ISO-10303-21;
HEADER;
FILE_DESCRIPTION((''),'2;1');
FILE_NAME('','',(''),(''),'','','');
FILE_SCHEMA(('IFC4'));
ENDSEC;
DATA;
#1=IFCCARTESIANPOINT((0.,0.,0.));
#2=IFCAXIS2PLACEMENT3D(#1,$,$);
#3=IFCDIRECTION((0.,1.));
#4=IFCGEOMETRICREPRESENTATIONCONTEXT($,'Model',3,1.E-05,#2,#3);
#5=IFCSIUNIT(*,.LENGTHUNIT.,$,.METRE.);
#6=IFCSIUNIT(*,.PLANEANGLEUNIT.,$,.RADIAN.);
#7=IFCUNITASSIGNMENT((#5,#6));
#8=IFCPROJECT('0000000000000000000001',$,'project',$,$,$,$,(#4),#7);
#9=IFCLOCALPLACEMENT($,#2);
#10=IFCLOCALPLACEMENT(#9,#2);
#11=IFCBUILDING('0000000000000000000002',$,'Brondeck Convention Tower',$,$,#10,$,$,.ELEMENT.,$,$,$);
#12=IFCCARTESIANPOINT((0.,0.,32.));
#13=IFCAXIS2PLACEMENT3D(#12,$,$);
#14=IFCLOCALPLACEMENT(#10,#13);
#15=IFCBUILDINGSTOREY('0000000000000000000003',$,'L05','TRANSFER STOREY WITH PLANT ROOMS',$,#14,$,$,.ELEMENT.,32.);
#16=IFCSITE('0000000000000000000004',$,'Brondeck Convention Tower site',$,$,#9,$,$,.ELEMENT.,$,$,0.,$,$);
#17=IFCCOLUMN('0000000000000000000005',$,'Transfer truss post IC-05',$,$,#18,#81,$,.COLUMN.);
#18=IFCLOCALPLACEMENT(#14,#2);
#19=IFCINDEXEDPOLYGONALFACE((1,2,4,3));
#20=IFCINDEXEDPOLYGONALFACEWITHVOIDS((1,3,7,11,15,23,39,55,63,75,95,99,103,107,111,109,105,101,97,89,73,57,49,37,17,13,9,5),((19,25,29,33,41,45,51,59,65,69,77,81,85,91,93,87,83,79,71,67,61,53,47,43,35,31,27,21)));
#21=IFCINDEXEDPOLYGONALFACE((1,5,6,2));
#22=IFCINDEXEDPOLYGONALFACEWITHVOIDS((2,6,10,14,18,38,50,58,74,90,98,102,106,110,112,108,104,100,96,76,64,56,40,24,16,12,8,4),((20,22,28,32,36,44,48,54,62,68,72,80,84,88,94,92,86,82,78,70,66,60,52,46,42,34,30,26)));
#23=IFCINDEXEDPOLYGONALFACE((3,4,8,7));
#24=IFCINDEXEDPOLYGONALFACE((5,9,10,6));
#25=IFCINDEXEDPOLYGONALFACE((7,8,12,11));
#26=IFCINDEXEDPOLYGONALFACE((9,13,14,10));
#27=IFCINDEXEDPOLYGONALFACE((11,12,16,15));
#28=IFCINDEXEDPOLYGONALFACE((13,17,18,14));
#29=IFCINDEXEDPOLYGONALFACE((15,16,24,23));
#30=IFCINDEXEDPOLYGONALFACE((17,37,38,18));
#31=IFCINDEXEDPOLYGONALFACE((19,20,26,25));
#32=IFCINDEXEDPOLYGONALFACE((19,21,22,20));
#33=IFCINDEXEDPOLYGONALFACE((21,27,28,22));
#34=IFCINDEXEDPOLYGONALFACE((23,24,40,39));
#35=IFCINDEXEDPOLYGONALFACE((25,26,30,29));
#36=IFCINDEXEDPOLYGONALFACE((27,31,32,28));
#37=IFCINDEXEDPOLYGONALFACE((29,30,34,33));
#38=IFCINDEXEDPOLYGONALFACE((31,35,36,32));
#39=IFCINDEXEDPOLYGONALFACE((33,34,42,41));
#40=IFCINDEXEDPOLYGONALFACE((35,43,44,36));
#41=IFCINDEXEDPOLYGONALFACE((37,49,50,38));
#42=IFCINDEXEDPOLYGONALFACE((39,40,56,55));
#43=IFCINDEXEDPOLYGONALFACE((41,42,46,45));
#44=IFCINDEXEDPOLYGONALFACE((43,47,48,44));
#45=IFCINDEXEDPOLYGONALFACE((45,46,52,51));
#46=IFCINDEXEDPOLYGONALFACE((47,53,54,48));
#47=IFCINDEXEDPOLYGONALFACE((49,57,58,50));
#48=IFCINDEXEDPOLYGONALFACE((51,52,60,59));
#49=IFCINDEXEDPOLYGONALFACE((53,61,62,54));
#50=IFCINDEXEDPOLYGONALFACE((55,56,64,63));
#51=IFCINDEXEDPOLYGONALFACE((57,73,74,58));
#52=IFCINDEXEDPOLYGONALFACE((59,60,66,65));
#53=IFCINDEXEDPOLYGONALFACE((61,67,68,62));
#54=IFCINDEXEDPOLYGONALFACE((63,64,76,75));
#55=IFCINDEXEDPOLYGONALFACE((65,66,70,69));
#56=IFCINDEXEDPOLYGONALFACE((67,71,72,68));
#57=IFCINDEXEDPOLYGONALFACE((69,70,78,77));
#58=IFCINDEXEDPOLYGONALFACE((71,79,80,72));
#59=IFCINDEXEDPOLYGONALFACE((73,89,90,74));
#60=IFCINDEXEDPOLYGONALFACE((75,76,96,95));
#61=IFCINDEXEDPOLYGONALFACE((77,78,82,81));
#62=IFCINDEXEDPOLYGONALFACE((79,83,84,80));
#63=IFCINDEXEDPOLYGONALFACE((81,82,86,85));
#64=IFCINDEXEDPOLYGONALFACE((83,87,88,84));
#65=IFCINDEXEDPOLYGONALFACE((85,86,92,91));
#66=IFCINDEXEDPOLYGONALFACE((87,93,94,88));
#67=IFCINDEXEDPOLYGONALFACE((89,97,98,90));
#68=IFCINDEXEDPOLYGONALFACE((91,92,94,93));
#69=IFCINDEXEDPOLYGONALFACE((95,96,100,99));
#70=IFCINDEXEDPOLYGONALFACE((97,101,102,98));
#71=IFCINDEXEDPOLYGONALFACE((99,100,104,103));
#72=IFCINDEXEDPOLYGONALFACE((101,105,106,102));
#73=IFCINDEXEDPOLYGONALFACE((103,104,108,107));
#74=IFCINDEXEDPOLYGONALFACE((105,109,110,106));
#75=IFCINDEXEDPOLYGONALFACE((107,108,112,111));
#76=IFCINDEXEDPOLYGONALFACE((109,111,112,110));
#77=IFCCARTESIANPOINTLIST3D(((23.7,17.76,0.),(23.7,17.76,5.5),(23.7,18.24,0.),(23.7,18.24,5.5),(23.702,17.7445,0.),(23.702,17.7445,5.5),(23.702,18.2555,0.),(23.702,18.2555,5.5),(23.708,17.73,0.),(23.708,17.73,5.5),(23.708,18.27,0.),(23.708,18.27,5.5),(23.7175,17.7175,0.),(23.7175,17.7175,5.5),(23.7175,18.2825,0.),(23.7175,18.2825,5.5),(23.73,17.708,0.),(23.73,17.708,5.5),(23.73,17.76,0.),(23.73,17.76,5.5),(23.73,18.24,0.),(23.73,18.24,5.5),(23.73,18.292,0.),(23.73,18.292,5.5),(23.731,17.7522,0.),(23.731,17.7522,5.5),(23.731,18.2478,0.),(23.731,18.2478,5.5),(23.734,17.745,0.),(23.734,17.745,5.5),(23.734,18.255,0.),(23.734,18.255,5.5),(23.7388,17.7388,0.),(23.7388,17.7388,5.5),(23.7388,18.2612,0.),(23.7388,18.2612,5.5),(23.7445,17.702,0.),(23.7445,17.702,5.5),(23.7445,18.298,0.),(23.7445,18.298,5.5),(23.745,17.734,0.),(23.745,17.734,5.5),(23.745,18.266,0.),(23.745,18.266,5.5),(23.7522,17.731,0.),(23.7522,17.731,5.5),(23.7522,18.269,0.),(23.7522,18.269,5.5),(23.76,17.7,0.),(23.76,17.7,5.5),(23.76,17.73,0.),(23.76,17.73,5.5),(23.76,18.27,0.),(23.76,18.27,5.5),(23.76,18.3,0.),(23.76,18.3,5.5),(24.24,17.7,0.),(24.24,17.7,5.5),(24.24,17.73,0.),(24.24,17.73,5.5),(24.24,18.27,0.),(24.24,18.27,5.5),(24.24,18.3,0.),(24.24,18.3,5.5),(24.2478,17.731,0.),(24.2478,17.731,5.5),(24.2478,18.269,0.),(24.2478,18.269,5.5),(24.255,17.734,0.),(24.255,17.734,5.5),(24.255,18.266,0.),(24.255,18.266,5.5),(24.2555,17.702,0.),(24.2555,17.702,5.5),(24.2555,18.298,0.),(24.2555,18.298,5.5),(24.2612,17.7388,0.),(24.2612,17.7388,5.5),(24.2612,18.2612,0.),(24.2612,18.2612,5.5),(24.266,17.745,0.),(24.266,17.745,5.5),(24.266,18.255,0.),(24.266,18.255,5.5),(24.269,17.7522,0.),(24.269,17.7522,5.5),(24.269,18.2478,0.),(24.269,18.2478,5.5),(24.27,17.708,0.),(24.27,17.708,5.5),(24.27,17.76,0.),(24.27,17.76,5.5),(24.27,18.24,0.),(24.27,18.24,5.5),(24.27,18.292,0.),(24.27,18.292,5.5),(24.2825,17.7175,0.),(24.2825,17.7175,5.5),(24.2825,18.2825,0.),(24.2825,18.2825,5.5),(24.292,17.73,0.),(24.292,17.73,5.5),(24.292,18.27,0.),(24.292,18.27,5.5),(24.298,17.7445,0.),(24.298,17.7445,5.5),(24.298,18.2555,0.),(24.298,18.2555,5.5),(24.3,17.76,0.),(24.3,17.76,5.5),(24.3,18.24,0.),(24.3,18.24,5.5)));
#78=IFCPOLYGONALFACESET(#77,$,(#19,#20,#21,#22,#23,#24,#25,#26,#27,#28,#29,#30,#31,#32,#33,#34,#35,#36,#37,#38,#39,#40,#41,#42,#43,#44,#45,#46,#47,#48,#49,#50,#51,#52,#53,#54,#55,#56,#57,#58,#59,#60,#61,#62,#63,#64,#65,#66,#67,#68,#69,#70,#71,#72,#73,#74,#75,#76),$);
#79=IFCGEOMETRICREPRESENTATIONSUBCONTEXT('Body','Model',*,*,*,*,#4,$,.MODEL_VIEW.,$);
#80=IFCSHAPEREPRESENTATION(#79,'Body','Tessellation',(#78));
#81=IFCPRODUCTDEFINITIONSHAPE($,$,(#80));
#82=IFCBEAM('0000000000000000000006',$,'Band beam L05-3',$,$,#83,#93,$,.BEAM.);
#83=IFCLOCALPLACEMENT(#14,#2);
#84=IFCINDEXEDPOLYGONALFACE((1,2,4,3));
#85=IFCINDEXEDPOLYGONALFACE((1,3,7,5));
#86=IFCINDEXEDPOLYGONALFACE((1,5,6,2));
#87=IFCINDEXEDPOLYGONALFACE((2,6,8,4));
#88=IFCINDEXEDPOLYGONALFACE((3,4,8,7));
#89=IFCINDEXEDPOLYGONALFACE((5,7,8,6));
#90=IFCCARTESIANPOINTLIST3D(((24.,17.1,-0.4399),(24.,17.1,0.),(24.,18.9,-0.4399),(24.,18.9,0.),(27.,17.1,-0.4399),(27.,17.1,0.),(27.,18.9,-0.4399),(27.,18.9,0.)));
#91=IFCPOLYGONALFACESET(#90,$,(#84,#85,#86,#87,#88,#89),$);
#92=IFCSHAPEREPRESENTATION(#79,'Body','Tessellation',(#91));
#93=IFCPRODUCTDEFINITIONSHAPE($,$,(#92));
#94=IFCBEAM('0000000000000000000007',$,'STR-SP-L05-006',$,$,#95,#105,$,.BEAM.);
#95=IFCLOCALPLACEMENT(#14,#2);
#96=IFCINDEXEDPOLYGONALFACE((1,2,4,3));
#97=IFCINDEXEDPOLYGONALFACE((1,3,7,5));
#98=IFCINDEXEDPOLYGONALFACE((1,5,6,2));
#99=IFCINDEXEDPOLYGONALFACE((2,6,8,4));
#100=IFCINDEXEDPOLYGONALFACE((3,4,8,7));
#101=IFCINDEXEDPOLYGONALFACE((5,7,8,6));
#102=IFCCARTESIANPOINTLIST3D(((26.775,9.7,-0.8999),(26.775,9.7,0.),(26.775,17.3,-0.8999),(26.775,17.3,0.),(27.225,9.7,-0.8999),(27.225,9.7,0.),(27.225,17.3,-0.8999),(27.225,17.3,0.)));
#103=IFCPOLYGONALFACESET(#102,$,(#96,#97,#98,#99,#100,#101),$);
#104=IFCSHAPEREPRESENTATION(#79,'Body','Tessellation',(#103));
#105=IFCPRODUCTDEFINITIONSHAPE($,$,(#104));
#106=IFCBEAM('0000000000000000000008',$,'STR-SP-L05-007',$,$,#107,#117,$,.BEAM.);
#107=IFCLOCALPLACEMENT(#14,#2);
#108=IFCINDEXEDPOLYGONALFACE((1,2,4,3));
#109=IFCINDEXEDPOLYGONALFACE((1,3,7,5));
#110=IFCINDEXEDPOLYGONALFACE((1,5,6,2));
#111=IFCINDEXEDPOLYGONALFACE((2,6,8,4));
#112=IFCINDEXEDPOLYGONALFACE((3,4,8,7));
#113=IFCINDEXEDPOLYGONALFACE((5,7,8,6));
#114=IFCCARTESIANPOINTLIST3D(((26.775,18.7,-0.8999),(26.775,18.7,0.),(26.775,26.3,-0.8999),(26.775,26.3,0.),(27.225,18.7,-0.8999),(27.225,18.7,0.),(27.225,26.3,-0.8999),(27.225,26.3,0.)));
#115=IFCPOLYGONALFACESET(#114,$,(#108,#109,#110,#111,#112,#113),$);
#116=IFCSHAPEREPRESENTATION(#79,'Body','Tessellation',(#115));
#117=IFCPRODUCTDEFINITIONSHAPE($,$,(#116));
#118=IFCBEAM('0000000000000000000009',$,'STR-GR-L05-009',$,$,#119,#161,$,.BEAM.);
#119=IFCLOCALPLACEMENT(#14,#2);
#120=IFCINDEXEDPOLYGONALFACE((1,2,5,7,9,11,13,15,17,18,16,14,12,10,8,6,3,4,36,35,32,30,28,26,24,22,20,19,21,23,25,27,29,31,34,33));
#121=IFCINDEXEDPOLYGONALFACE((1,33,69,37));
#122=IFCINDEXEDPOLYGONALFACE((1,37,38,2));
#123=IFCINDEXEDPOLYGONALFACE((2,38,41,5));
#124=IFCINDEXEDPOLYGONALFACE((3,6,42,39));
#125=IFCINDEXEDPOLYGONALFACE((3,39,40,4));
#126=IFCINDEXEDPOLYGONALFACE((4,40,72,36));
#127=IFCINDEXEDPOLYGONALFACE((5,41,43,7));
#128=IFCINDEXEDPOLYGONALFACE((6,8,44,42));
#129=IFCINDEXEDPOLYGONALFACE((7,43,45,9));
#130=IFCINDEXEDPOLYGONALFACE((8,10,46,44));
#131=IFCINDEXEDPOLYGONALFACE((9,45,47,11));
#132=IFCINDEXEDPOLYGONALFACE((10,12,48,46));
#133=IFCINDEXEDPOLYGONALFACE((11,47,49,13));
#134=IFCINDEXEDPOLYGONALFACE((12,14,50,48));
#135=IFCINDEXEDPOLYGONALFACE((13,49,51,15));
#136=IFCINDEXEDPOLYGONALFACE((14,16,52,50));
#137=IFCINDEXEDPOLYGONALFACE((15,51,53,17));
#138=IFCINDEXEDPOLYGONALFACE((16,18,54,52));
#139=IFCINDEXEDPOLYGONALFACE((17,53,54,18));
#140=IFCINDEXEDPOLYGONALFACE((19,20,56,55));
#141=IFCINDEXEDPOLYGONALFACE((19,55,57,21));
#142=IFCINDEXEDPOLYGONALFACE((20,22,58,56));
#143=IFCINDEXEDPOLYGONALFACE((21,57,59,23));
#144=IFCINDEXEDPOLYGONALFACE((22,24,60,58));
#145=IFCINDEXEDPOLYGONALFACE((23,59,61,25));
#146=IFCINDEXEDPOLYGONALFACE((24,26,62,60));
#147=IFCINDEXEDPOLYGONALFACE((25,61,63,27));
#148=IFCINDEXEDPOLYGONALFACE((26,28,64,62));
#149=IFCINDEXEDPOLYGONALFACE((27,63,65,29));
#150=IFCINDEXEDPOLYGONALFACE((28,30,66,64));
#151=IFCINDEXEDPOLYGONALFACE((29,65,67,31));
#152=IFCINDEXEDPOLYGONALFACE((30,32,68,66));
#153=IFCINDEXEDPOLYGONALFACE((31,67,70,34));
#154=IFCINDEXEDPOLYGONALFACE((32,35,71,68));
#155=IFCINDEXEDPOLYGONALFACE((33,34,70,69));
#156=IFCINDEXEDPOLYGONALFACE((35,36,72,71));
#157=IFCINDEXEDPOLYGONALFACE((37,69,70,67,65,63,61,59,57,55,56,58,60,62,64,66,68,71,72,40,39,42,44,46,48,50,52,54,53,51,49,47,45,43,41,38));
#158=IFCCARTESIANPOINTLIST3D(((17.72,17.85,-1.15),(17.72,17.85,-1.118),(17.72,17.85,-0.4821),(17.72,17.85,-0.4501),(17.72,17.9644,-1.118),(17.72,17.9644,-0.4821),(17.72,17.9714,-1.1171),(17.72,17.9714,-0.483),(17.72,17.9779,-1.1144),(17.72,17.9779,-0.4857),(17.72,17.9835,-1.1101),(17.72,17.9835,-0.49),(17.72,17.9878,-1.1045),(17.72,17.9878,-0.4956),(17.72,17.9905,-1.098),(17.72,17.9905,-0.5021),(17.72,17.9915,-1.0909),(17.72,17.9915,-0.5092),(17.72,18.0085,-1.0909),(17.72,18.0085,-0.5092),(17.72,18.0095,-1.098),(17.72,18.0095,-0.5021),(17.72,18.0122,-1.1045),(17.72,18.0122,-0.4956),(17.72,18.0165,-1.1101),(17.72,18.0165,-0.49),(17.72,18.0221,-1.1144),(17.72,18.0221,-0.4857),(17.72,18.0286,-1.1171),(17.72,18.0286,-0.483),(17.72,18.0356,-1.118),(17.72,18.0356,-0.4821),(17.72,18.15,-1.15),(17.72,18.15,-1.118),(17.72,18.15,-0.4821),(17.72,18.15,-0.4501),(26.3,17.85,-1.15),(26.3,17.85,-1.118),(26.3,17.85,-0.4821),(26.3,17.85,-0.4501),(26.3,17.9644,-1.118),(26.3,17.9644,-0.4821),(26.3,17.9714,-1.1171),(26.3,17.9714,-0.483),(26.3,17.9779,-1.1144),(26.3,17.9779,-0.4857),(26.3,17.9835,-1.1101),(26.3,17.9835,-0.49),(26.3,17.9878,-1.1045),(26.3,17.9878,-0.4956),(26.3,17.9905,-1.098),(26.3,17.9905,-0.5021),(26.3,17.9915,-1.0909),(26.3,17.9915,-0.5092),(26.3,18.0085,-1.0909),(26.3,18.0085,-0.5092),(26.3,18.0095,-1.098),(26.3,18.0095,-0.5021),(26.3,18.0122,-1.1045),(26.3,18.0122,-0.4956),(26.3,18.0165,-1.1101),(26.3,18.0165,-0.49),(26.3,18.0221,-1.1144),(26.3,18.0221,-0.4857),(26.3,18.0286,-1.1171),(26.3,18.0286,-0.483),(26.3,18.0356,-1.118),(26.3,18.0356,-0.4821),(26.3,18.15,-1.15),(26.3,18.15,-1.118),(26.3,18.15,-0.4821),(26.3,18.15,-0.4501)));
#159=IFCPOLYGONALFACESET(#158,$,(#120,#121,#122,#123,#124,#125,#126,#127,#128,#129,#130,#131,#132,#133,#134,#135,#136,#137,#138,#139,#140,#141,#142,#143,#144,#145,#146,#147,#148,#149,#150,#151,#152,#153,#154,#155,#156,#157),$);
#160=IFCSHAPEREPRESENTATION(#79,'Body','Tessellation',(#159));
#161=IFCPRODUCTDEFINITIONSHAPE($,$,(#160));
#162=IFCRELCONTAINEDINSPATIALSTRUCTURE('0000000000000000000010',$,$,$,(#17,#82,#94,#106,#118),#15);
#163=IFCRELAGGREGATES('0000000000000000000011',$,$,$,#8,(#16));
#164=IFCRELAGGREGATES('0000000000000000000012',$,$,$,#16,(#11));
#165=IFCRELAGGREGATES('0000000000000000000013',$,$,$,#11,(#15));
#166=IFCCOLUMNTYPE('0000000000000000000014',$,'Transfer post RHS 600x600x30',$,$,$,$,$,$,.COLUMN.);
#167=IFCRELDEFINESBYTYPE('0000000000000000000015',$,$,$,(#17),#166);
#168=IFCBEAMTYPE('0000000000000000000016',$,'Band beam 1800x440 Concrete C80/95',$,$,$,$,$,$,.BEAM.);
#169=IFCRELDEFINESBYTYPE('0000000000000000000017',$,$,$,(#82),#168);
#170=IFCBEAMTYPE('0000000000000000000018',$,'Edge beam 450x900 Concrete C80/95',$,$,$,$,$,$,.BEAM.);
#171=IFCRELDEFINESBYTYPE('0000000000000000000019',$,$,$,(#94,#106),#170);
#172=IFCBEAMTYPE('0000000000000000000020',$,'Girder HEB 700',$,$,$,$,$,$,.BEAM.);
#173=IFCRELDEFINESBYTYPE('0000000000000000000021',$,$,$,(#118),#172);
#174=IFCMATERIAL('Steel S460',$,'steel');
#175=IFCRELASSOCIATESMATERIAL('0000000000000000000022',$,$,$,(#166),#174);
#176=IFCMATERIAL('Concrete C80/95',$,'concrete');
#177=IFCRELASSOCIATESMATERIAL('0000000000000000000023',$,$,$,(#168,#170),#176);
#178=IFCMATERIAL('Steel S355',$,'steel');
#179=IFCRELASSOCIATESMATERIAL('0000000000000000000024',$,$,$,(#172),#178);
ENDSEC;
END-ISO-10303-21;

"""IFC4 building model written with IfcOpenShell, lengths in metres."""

from ifc_helpers import new_model, si_unit, direction, frame, origin, origin_2d, place, context, subcontext, project, spatial, rectangle, hollow_rectangle, i_section, extrude, material, material_profile, profile_set, type_object, element, save


model = new_model("IFC4")

# Units and contexts
model_context = context("Model", 3, precision=1e-05, world=origin(), true_north=direction((0.0, 1.0)))
body_context = subcontext(model_context, "Body", "Model", "MODEL_VIEW")
ifc_project = project(units=[si_unit("LENGTHUNIT", "METRE"), si_unit("PLANEANGLEUNIT", "RADIAN")], contexts=[model_context])

# Site, building, storey
site_placement = place(None, origin())
site = spatial("IfcSite", under=ifc_project, at=site_placement, Name="Brondeck Convention Tower site", CompositionType="ELEMENT", RefElevation=0.0)
building_placement = place(site_placement, origin())
building = spatial("IfcBuilding", under=site, at=building_placement, Name="Brondeck Convention Tower", CompositionType="ELEMENT")
storey_placement = place(building_placement, frame((0.0, 0.0, 32.0)))
storey = spatial("IfcBuildingStorey", under=building, at=storey_placement, Name="L05", Description="TRANSFER STOREY WITH PLANT ROOMS", CompositionType="ELEMENT", Elevation=32.0)

# Column
ifc_material_1 = material(Name="Steel S460", Category="steel")
ifc_material_profile_1 = material_profile(ifc_material_1, hollow_rectangle(XDim=0.6001, YDim=0.6001, WallThickness=0.03, InnerFilletRadius=0.03, OuterFilletRadius=0.0601, at=origin_2d()), Name="RHS 600x600x30")
ifc_profile_set_1 = profile_set([ifc_material_profile_1], Name="Steel S460")
column_type = type_object("IfcColumnType", Name="Transfer post RHS 600x600x30", PredefinedType="COLUMN", material=ifc_profile_set_1)
column_placement = place(storey_placement, frame((24.0, 18.0, 0.0), z_axis=(0.0, 0.0, 1.0), x_axis=(1.0, 0.0, 0.0)))
element("IfcColumn", 1, at=column_placement, inside=storey, type_object=column_type, Name="Transfer truss post IC-05", PredefinedType="COLUMN", context=body_context, shape_type="SweptSolid", body=[
    extrude(hollow_rectangle(XDim=0.6001, YDim=0.6001, WallThickness=0.03, InnerFilletRadius=0.03, OuterFilletRadius=0.0601, at=origin_2d()), origin(), (0.0, 0.0, 1.0), 5.5),
])

# Beams
ifc_material_2 = material(Name="Concrete C80/95", Category="concrete")
ifc_material_profile_2 = material_profile(ifc_material_2, rectangle(XDim=1.8, YDim=0.4399, at=origin_2d()), Name="Band beam 1800x440 Concrete C80/95")
ifc_profile_set_2 = profile_set([ifc_material_profile_2], Name="Concrete C80/95")
beam_type_1 = type_object("IfcBeamType", Name="Band beam 1800x440 Concrete C80/95", PredefinedType="BEAM", material=ifc_profile_set_2)
beam_1_placement = place(storey_placement, frame((24.0, 18.0, -0.22), z_axis=(1.0, 0.0, 0.0), x_axis=(0.0, 1.0, 0.0)))
element("IfcBeam", 2, at=beam_1_placement, inside=storey, type_object=beam_type_1, Name="Band beam L05-3", PredefinedType="BEAM", context=body_context, shape_type="SweptSolid", body=[
    extrude(rectangle(XDim=1.8, YDim=0.4399, at=origin_2d()), origin(), (0.0, 0.0, 1.0), 3.0),
])
ifc_material_profile_3 = material_profile(ifc_material_2, rectangle(XDim=0.45, YDim=0.8999, at=origin_2d()), Name="Edge beam 450x900 Concrete C80/95")
ifc_profile_set_3 = profile_set([ifc_material_profile_3], Name="Concrete C80/95")
beam_type_2 = type_object("IfcBeamType", Name="Edge beam 450x900 Concrete C80/95", PredefinedType="BEAM", material=ifc_profile_set_3)
for number, where, z_axis, x_axis, name in (
    (3, (27.0, 9.7, -0.45), (0.0, 1.0, 0.0), (-1.0, 0.0, 0.0), "STR-SP-L05-006"),
    (4, (27.0, 18.7, -0.45), (0.0, 1.0, 0.0), (-1.0, 0.0, 0.0), "STR-SP-L05-007"),
):
    element("IfcBeam", number, at=place(storey_placement, frame(where, z_axis=z_axis, x_axis=x_axis)), inside=storey, type_object=beam_type_2, Name=name, PredefinedType="BEAM", context=body_context, shape_type="SweptSolid", body=[
        extrude(rectangle(XDim=0.45, YDim=0.8999, at=origin_2d()), origin(), (0.0, 0.0, 1.0), 7.6001),
    ])
ifc_material_3 = material(Name="Steel S355", Category="steel")
ifc_material_profile_4 = material_profile(ifc_material_3, i_section(OverallWidth=0.3, OverallDepth=0.7, WebThickness=0.0171, FlangeThickness=0.032, FilletRadius=0.0271, at=origin_2d()), Name="HEB 700")
ifc_profile_set_4 = profile_set([ifc_material_profile_4], Name="Steel S355")
beam_type_3 = type_object("IfcBeamType", Name="Girder HEB 700", PredefinedType="BEAM", material=ifc_profile_set_4)
beam_2_placement = place(storey_placement, frame((17.72, 18.0, -0.8), z_axis=(1.0, 0.0, 0.0), x_axis=(0.0, 1.0, 0.0)))
element("IfcBeam", 5, at=beam_2_placement, inside=storey, type_object=beam_type_3, Name="STR-GR-L05-009", PredefinedType="BEAM", context=body_context, shape_type="SweptSolid", body=[
    extrude(i_section(OverallWidth=0.3, OverallDepth=0.7, WebThickness=0.0171, FlangeThickness=0.032, FilletRadius=0.0271, at=origin_2d()), origin(), (0.0, 0.0, 1.0), 8.5801),
])

save(model, "model.ifc")
